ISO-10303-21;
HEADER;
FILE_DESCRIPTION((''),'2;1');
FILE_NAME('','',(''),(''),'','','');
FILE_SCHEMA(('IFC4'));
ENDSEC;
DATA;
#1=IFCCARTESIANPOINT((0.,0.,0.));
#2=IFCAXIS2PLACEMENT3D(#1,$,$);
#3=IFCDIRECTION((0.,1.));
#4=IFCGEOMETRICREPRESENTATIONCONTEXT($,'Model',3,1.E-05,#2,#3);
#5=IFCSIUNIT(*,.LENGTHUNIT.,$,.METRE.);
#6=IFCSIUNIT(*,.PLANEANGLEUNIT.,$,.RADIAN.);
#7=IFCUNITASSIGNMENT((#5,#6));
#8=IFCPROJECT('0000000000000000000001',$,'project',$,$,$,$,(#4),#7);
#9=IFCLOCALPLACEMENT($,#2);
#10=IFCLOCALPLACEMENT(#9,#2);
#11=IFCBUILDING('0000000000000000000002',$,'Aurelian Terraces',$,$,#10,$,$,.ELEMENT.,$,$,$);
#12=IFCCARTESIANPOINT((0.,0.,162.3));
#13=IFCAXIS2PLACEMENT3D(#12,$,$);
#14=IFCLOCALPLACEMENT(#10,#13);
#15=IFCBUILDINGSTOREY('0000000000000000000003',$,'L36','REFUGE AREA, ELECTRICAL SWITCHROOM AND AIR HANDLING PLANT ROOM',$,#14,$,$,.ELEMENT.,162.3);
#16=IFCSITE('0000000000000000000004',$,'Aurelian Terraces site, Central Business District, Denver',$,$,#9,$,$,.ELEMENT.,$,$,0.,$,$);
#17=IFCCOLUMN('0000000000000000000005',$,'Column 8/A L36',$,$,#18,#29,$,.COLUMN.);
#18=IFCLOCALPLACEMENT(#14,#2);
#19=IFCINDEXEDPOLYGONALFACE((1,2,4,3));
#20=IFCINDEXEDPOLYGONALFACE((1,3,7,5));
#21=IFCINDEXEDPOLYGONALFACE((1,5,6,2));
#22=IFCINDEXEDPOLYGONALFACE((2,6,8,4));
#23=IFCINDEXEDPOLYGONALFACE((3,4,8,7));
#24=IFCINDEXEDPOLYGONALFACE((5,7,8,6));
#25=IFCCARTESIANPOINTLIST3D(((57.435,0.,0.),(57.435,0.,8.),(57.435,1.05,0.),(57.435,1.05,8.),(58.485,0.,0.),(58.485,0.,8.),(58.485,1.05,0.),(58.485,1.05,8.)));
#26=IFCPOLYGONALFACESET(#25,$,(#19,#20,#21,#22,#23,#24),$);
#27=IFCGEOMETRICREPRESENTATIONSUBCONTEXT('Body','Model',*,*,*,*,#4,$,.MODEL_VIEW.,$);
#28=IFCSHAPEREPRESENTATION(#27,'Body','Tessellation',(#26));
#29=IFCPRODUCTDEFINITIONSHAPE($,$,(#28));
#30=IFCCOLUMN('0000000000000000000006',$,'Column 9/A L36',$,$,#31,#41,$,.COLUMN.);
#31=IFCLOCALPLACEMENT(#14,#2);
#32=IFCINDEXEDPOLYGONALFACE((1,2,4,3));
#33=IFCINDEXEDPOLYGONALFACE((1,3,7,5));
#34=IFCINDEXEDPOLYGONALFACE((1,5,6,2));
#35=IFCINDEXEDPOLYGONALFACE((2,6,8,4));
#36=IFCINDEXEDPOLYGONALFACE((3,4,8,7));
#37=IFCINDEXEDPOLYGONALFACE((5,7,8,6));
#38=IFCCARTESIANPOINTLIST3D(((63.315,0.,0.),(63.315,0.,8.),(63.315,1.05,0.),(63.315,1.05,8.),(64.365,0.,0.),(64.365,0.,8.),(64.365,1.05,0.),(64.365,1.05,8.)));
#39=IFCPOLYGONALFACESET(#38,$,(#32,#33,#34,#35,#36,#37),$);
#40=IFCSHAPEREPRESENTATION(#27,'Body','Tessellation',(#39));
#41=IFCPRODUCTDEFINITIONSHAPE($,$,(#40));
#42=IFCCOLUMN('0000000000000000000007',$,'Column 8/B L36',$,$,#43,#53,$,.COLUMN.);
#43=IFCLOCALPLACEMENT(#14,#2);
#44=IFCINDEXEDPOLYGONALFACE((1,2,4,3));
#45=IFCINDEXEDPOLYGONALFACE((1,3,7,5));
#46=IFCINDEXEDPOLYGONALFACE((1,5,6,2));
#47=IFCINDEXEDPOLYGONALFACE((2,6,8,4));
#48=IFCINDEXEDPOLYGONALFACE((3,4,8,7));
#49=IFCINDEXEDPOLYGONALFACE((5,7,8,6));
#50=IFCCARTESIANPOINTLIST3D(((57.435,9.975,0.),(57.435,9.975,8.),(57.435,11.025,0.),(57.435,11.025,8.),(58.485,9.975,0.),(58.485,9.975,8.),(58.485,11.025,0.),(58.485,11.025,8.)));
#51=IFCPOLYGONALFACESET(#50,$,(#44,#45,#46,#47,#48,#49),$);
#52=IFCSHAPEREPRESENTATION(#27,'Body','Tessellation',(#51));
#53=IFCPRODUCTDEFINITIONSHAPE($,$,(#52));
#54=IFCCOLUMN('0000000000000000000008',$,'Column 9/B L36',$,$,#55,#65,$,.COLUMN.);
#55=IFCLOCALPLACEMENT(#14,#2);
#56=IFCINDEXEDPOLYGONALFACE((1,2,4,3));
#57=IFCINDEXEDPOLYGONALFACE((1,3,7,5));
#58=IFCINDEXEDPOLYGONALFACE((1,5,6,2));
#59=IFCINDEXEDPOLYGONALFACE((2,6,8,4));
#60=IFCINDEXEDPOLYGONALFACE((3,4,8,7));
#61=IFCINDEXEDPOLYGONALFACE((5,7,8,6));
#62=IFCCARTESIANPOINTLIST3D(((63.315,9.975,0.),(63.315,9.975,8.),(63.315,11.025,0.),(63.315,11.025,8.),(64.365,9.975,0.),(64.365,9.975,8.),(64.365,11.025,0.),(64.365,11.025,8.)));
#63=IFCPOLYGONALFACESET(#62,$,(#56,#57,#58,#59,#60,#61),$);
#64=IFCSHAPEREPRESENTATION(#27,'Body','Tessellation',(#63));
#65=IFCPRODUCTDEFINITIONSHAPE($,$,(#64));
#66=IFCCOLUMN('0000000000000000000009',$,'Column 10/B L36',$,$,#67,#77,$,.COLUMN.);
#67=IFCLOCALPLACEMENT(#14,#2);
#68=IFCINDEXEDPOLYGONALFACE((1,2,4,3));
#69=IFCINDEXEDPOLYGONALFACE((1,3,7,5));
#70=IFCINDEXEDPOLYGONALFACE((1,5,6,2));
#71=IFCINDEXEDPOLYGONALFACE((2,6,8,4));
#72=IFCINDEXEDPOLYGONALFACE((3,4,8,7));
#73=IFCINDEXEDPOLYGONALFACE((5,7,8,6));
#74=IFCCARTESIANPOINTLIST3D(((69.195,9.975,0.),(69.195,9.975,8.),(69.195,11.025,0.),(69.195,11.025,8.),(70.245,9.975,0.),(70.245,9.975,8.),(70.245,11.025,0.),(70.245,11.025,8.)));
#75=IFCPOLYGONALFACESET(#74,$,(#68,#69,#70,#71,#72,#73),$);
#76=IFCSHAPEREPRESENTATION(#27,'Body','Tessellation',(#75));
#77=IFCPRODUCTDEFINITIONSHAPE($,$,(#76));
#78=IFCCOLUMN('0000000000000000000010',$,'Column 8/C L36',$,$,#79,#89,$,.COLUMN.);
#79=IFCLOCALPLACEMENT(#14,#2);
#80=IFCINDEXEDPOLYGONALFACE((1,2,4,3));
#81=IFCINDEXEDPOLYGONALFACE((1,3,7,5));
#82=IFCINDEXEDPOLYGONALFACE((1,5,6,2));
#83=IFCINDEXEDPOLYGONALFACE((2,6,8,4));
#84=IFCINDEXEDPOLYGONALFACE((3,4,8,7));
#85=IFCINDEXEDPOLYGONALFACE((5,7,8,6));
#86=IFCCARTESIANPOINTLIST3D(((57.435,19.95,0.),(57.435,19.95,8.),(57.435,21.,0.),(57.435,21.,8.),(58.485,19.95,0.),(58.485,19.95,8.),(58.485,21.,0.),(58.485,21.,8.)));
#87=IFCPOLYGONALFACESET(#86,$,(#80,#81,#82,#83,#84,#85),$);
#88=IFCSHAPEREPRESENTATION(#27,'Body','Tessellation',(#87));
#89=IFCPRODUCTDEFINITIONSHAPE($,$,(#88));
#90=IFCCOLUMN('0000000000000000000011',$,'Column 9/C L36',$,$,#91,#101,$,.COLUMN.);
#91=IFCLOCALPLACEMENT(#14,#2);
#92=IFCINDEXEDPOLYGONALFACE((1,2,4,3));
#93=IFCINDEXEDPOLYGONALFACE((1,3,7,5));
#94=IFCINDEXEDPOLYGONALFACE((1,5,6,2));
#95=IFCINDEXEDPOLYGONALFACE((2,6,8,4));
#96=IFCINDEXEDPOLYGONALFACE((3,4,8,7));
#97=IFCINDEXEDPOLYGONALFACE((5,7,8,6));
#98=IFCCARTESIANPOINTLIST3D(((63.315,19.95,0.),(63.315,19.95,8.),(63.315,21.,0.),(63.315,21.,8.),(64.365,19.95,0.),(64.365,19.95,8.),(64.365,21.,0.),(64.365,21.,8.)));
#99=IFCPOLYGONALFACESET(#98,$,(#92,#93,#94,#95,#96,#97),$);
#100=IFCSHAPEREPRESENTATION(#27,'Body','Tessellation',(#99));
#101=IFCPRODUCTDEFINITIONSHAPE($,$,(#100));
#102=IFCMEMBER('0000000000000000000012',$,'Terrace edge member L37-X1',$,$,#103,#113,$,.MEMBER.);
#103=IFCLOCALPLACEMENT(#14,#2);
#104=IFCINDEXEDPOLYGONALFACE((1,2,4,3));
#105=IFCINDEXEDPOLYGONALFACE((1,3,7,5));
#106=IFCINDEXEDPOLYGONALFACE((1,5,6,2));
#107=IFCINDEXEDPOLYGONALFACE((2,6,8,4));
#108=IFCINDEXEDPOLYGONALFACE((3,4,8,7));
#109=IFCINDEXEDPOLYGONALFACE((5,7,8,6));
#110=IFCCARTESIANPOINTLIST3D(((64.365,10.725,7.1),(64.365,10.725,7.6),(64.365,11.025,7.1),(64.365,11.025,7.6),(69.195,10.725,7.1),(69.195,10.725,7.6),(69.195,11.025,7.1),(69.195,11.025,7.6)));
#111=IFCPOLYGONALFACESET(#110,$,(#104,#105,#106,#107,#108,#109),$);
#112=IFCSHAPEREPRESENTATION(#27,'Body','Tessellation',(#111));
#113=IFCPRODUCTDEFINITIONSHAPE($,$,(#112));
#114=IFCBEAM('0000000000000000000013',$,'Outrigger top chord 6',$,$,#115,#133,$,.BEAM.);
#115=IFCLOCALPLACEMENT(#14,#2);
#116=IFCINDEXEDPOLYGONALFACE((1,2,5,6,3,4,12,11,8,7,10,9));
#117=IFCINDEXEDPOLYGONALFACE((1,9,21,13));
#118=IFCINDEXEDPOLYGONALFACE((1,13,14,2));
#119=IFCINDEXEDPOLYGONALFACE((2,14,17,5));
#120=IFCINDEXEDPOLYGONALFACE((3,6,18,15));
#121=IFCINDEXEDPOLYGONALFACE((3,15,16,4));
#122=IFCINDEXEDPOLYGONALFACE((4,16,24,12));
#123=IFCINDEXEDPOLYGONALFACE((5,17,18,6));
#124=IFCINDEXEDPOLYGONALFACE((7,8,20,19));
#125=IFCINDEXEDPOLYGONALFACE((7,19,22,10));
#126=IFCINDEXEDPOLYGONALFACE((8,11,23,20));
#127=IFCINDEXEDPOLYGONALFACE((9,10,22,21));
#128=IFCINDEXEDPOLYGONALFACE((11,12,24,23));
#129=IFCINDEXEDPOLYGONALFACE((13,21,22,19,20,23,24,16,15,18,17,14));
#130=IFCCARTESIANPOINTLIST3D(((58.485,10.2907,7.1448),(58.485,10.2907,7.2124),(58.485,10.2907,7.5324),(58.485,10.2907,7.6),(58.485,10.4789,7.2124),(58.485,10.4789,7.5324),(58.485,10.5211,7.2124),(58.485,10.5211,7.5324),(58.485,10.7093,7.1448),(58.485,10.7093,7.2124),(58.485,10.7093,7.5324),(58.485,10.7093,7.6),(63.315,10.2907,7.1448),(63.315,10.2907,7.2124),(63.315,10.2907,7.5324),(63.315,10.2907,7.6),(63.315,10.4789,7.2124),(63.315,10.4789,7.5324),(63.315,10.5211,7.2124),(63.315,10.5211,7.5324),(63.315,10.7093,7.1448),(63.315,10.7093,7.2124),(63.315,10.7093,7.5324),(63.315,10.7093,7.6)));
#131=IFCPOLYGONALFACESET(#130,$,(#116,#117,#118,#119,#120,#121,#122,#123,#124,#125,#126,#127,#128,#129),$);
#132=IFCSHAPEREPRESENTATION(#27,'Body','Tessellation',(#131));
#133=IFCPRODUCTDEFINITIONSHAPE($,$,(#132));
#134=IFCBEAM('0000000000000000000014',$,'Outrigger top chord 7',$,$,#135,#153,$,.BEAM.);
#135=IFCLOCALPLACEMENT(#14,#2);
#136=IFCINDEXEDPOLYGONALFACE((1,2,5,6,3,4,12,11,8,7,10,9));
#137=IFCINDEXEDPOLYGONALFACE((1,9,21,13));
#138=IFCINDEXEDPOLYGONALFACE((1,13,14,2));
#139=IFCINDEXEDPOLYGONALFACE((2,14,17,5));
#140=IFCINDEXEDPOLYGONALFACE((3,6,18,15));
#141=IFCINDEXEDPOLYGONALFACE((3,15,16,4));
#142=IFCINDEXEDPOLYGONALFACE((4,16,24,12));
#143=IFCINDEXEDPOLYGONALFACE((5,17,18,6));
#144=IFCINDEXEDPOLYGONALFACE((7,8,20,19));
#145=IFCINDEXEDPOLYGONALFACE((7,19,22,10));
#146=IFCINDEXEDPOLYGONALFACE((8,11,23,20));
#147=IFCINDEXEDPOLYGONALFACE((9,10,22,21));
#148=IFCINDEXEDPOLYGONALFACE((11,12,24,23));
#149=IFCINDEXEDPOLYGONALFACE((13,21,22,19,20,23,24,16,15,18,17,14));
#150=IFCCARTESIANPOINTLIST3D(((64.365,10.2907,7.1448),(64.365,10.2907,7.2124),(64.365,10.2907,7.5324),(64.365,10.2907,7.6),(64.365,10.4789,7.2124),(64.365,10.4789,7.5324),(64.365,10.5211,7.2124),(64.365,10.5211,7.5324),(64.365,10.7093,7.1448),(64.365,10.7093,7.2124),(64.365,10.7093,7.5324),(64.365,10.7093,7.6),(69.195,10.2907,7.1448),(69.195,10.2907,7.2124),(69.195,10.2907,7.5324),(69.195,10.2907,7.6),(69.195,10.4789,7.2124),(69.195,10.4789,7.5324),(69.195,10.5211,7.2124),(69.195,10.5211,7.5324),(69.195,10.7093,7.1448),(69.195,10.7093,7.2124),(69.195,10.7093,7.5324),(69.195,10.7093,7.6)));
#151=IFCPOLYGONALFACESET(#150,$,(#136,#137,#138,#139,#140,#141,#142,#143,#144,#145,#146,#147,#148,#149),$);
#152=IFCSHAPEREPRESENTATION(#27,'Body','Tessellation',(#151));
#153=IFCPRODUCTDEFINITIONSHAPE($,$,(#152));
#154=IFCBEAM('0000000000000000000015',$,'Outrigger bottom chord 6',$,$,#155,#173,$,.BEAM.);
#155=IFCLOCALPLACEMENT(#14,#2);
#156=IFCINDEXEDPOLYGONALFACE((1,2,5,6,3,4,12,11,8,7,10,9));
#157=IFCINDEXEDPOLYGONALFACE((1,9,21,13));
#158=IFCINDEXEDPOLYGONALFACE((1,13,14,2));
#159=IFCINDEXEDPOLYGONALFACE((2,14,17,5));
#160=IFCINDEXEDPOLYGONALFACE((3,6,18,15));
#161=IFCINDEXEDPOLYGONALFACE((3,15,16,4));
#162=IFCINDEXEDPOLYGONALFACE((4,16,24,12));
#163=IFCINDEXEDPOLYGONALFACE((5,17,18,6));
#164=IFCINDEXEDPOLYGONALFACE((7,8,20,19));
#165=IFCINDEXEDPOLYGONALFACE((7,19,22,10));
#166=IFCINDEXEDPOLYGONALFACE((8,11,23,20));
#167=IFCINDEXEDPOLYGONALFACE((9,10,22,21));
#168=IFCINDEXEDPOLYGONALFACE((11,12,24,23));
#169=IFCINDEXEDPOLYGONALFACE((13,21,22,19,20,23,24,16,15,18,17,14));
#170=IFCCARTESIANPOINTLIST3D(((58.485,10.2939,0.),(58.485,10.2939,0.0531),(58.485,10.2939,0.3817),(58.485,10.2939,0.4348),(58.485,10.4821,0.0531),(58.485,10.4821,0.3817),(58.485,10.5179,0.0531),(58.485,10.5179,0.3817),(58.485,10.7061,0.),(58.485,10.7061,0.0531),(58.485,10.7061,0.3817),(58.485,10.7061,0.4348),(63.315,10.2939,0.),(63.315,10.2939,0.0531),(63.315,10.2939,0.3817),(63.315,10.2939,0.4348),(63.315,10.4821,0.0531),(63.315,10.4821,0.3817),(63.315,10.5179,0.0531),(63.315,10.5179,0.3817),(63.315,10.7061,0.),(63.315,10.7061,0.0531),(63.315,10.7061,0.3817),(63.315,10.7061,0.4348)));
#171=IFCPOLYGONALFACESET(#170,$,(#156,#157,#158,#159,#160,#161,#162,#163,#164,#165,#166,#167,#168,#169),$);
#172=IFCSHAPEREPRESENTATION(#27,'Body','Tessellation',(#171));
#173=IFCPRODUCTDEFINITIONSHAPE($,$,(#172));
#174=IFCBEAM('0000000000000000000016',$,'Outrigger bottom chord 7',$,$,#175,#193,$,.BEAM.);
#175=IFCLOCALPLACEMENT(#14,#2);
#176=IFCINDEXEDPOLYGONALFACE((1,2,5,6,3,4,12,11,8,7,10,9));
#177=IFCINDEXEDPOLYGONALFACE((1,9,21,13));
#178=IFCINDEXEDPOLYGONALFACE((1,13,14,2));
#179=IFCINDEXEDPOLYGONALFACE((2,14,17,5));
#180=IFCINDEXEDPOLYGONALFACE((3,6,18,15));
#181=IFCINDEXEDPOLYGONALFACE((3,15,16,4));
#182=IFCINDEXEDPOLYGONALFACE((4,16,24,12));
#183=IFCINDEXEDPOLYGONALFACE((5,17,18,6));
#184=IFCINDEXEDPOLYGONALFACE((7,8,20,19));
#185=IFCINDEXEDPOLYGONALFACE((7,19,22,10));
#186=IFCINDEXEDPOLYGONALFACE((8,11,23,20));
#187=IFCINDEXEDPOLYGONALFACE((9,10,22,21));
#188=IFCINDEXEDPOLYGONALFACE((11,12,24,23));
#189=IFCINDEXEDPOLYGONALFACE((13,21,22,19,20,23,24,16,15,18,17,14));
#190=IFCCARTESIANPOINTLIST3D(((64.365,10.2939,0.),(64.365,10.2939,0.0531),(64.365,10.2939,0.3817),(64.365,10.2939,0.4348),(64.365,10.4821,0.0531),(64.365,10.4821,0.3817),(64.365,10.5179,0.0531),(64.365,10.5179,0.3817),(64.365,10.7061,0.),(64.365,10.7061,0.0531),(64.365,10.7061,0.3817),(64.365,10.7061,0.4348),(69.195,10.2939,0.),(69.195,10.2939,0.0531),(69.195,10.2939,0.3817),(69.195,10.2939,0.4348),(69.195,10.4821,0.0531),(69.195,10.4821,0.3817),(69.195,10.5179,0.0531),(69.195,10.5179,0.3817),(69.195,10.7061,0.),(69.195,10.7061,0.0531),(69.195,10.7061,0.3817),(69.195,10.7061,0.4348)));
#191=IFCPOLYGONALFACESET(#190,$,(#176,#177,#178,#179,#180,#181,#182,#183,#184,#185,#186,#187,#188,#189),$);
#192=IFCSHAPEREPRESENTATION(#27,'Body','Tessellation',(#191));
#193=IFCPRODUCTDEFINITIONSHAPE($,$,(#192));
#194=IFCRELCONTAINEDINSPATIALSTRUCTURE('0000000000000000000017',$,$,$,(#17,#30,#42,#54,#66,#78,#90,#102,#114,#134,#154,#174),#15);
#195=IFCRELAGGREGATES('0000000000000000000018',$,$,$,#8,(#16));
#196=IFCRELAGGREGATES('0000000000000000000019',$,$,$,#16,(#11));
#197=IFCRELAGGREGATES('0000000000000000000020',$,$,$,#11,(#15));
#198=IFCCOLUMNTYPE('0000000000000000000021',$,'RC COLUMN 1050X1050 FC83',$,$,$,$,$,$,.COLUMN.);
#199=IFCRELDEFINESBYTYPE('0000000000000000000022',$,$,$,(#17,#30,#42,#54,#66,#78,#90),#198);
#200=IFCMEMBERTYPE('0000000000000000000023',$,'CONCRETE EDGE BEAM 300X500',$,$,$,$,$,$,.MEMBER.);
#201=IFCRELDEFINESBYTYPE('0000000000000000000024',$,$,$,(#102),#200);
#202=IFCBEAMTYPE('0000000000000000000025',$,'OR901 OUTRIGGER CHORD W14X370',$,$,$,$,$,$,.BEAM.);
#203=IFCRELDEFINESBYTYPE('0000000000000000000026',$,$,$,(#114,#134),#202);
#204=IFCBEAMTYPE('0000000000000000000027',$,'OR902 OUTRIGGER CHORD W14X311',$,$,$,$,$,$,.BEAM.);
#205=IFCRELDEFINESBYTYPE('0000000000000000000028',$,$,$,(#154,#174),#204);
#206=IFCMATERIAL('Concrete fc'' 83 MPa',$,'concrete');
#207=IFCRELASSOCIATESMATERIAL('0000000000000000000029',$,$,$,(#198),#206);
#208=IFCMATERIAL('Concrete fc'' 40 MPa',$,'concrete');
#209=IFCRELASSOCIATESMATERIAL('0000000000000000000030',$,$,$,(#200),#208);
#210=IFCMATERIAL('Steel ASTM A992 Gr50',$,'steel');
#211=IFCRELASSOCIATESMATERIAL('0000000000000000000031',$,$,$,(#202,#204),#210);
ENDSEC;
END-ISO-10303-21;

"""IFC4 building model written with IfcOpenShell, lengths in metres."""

from ifc_helpers import new_model, si_unit, direction, frame, origin, origin_2d, place, context, subcontext, project, spatial, rectangle, i_section, extrude, source, transform, mapped, material, material_profile, profile_set, type_object, element, save


model = new_model("IFC4")

# Units and contexts
model_context = context("Model", 3, precision=1e-05, world=origin(), true_north=direction((0.0, 1.0)))
body_context = subcontext(model_context, "Body", "Model", "MODEL_VIEW")
ifc_project = project(units=[si_unit("LENGTHUNIT", "METRE"), si_unit("PLANEANGLEUNIT", "RADIAN")], contexts=[model_context])

# Site, building, storey
site_placement = place(None, origin())
site = spatial("IfcSite", under=ifc_project, at=site_placement, Name="Aurelian Terraces site, Central Business District, Denver", CompositionType="ELEMENT", RefElevation=0.0)
building_placement = place(site_placement, origin())
building = spatial("IfcBuilding", under=site, at=building_placement, Name="Aurelian Terraces", CompositionType="ELEMENT")
storey_placement = place(building_placement, frame((0.0, 0.0, 162.3)))
storey = spatial("IfcBuildingStorey", under=building, at=storey_placement, Name="L36", Description="REFUGE AREA, ELECTRICAL SWITCHROOM AND AIR HANDLING PLANT ROOM", CompositionType="ELEMENT", Elevation=162.3)

# Columns
ifc_material_1 = material(Name="Concrete fc' 83 MPa", Category="concrete")
ifc_material_profile_1 = material_profile(ifc_material_1, rectangle(XDim=1.05, YDim=1.05, at=origin_2d()))
ifc_profile_set_1 = profile_set([ifc_material_profile_1], Name="Concrete fc' 83 MPa")
column_type = type_object("IfcColumnType", Name="RC COLUMN 1050X1050 FC83", PredefinedType="COLUMN", material=ifc_profile_set_1)
shared_shape_1 = source(origin(), body_context, "Body", "SweptSolid", [
    extrude(rectangle(XDim=1.05, YDim=1.05, at=origin_2d()), origin(), (0.0, 0.0, 1.0), 8.0),
])
for number, where, z_axis, x_axis, name in (
    (1, (57.96, 0.525, 0.0), (0.0, 0.0, 1.0), (1.0, 0.0, 0.0), "Column 8/A L36"),
    (2, (63.84, 0.525, 0.0), (0.0, 0.0, 1.0), (1.0, 0.0, 0.0), "Column 9/A L36"),
    (3, (57.96, 10.5, 0.0), (0.0, 0.0, 1.0), (1.0, 0.0, 0.0), "Column 8/B L36"),
    (4, (63.84, 10.5, 0.0), (0.0, 0.0, 1.0), (1.0, 0.0, 0.0), "Column 9/B L36"),
    (5, (69.72, 10.5, 0.0), (0.0, 0.0, 1.0), (1.0, 0.0, 0.0), "Column 10/B L36"),
    (6, (57.96, 20.475, 0.0), (0.0, 0.0, 1.0), (1.0, 0.0, 0.0), "Column 8/C L36"),
    (7, (63.84, 20.475, 0.0), (0.0, 0.0, 1.0), (1.0, 0.0, 0.0), "Column 9/C L36"),
):
    element("IfcColumn", number, at=place(storey_placement, frame(where, z_axis=z_axis, x_axis=x_axis)), inside=storey, type_object=column_type, Name=name, PredefinedType="COLUMN", context=body_context, shape_type="MappedRepresentation", body=[
        mapped(shared_shape_1, transform((0.0, 0.0, 0.0), scale=1.0)),
    ])

# Member
ifc_material_2 = material(Name="Concrete fc' 40 MPa", Category="concrete")
ifc_material_profile_2 = material_profile(ifc_material_2, rectangle(XDim=0.3, YDim=0.5, at=origin_2d()))
ifc_profile_set_2 = profile_set([ifc_material_profile_2], Name="Concrete fc' 40 MPa")
member_type_1 = type_object("IfcMemberType", Name="CONCRETE EDGE BEAM 300X500", PredefinedType="MEMBER", material=ifc_profile_set_2)
member_placement = place(storey_placement, frame((69.195, 10.875, 7.35), z_axis=(-1.0, 0.0, 0.0), x_axis=(0.0, -1.0, 0.0)))
element("IfcMember", 8, at=member_placement, inside=storey, type_object=member_type_1, Name="Terrace edge member L37-X1", PredefinedType="MEMBER", context=body_context, shape_type="SweptSolid", body=[
    extrude(rectangle(XDim=0.3, YDim=0.5, at=origin_2d()), origin(), (0.0, 0.0, 1.0), 4.83),
])

# Beams
ifc_material_3 = material(Name="Steel ASTM A992 Gr50", Category="steel")
ifc_material_profile_3 = material_profile(ifc_material_3, i_section(OverallWidth=0.4185, OverallDepth=0.4552, WebThickness=0.0422, FlangeThickness=0.0676, at=origin_2d()))
ifc_profile_set_3 = profile_set([ifc_material_profile_3], Name="Steel ASTM A992 Gr50")
beam_type_1 = type_object("IfcBeamType", Name="OR901 OUTRIGGER CHORD W14X370", PredefinedType="BEAM", material=ifc_profile_set_3)
shared_shape_2 = source(origin(), body_context, "Body", "SweptSolid", [
    extrude(i_section(OverallWidth=0.4185, OverallDepth=0.4552, WebThickness=0.0422, FlangeThickness=0.0676, at=origin_2d()), origin(), (0.0, 0.0, 1.0), 4.83),
])
for number, where, z_axis, x_axis, name in (
    (9, (58.485, 10.5, 7.3724), (1.0, 0.0, 0.0), (0.0, 1.0, 0.0), "Outrigger top chord 6"),
    (10, (64.365, 10.5, 7.3724), (1.0, 0.0, 0.0), (0.0, 1.0, 0.0), "Outrigger top chord 7"),
):
    element("IfcBeam", number, at=place(storey_placement, frame(where, z_axis=z_axis, x_axis=x_axis)), inside=storey, type_object=beam_type_1, Name=name, PredefinedType="BEAM", context=body_context, shape_type="MappedRepresentation", body=[
        mapped(shared_shape_2, transform((0.0, 0.0, 0.0), scale=1.0)),
    ])
ifc_material_profile_4 = material_profile(ifc_material_3, i_section(OverallWidth=0.4122, OverallDepth=0.4348, WebThickness=0.0358, FlangeThickness=0.0531, at=origin_2d()))
ifc_profile_set_4 = profile_set([ifc_material_profile_4], Name="Steel ASTM A992 Gr50")
beam_type_2 = type_object("IfcBeamType", Name="OR902 OUTRIGGER CHORD W14X311", PredefinedType="BEAM", material=ifc_profile_set_4)
shared_shape_3 = source(origin(), body_context, "Body", "SweptSolid", [
    extrude(i_section(OverallWidth=0.4122, OverallDepth=0.4348, WebThickness=0.0358, FlangeThickness=0.0531, at=origin_2d()), origin(), (0.0, 0.0, 1.0), 4.83),
])
for number, where, z_axis, x_axis, name in (
    (11, (58.485, 10.5, 0.2174), (1.0, 0.0, 0.0), (0.0, 1.0, 0.0), "Outrigger bottom chord 6"),
    (12, (64.365, 10.5, 0.2174), (1.0, 0.0, 0.0), (0.0, 1.0, 0.0), "Outrigger bottom chord 7"),
):
    element("IfcBeam", number, at=place(storey_placement, frame(where, z_axis=z_axis, x_axis=x_axis)), inside=storey, type_object=beam_type_2, Name=name, PredefinedType="BEAM", context=body_context, shape_type="MappedRepresentation", body=[
        mapped(shared_shape_3, transform((0.0, 0.0, 0.0), scale=1.0)),
    ])

save(model, "model.ifc")
